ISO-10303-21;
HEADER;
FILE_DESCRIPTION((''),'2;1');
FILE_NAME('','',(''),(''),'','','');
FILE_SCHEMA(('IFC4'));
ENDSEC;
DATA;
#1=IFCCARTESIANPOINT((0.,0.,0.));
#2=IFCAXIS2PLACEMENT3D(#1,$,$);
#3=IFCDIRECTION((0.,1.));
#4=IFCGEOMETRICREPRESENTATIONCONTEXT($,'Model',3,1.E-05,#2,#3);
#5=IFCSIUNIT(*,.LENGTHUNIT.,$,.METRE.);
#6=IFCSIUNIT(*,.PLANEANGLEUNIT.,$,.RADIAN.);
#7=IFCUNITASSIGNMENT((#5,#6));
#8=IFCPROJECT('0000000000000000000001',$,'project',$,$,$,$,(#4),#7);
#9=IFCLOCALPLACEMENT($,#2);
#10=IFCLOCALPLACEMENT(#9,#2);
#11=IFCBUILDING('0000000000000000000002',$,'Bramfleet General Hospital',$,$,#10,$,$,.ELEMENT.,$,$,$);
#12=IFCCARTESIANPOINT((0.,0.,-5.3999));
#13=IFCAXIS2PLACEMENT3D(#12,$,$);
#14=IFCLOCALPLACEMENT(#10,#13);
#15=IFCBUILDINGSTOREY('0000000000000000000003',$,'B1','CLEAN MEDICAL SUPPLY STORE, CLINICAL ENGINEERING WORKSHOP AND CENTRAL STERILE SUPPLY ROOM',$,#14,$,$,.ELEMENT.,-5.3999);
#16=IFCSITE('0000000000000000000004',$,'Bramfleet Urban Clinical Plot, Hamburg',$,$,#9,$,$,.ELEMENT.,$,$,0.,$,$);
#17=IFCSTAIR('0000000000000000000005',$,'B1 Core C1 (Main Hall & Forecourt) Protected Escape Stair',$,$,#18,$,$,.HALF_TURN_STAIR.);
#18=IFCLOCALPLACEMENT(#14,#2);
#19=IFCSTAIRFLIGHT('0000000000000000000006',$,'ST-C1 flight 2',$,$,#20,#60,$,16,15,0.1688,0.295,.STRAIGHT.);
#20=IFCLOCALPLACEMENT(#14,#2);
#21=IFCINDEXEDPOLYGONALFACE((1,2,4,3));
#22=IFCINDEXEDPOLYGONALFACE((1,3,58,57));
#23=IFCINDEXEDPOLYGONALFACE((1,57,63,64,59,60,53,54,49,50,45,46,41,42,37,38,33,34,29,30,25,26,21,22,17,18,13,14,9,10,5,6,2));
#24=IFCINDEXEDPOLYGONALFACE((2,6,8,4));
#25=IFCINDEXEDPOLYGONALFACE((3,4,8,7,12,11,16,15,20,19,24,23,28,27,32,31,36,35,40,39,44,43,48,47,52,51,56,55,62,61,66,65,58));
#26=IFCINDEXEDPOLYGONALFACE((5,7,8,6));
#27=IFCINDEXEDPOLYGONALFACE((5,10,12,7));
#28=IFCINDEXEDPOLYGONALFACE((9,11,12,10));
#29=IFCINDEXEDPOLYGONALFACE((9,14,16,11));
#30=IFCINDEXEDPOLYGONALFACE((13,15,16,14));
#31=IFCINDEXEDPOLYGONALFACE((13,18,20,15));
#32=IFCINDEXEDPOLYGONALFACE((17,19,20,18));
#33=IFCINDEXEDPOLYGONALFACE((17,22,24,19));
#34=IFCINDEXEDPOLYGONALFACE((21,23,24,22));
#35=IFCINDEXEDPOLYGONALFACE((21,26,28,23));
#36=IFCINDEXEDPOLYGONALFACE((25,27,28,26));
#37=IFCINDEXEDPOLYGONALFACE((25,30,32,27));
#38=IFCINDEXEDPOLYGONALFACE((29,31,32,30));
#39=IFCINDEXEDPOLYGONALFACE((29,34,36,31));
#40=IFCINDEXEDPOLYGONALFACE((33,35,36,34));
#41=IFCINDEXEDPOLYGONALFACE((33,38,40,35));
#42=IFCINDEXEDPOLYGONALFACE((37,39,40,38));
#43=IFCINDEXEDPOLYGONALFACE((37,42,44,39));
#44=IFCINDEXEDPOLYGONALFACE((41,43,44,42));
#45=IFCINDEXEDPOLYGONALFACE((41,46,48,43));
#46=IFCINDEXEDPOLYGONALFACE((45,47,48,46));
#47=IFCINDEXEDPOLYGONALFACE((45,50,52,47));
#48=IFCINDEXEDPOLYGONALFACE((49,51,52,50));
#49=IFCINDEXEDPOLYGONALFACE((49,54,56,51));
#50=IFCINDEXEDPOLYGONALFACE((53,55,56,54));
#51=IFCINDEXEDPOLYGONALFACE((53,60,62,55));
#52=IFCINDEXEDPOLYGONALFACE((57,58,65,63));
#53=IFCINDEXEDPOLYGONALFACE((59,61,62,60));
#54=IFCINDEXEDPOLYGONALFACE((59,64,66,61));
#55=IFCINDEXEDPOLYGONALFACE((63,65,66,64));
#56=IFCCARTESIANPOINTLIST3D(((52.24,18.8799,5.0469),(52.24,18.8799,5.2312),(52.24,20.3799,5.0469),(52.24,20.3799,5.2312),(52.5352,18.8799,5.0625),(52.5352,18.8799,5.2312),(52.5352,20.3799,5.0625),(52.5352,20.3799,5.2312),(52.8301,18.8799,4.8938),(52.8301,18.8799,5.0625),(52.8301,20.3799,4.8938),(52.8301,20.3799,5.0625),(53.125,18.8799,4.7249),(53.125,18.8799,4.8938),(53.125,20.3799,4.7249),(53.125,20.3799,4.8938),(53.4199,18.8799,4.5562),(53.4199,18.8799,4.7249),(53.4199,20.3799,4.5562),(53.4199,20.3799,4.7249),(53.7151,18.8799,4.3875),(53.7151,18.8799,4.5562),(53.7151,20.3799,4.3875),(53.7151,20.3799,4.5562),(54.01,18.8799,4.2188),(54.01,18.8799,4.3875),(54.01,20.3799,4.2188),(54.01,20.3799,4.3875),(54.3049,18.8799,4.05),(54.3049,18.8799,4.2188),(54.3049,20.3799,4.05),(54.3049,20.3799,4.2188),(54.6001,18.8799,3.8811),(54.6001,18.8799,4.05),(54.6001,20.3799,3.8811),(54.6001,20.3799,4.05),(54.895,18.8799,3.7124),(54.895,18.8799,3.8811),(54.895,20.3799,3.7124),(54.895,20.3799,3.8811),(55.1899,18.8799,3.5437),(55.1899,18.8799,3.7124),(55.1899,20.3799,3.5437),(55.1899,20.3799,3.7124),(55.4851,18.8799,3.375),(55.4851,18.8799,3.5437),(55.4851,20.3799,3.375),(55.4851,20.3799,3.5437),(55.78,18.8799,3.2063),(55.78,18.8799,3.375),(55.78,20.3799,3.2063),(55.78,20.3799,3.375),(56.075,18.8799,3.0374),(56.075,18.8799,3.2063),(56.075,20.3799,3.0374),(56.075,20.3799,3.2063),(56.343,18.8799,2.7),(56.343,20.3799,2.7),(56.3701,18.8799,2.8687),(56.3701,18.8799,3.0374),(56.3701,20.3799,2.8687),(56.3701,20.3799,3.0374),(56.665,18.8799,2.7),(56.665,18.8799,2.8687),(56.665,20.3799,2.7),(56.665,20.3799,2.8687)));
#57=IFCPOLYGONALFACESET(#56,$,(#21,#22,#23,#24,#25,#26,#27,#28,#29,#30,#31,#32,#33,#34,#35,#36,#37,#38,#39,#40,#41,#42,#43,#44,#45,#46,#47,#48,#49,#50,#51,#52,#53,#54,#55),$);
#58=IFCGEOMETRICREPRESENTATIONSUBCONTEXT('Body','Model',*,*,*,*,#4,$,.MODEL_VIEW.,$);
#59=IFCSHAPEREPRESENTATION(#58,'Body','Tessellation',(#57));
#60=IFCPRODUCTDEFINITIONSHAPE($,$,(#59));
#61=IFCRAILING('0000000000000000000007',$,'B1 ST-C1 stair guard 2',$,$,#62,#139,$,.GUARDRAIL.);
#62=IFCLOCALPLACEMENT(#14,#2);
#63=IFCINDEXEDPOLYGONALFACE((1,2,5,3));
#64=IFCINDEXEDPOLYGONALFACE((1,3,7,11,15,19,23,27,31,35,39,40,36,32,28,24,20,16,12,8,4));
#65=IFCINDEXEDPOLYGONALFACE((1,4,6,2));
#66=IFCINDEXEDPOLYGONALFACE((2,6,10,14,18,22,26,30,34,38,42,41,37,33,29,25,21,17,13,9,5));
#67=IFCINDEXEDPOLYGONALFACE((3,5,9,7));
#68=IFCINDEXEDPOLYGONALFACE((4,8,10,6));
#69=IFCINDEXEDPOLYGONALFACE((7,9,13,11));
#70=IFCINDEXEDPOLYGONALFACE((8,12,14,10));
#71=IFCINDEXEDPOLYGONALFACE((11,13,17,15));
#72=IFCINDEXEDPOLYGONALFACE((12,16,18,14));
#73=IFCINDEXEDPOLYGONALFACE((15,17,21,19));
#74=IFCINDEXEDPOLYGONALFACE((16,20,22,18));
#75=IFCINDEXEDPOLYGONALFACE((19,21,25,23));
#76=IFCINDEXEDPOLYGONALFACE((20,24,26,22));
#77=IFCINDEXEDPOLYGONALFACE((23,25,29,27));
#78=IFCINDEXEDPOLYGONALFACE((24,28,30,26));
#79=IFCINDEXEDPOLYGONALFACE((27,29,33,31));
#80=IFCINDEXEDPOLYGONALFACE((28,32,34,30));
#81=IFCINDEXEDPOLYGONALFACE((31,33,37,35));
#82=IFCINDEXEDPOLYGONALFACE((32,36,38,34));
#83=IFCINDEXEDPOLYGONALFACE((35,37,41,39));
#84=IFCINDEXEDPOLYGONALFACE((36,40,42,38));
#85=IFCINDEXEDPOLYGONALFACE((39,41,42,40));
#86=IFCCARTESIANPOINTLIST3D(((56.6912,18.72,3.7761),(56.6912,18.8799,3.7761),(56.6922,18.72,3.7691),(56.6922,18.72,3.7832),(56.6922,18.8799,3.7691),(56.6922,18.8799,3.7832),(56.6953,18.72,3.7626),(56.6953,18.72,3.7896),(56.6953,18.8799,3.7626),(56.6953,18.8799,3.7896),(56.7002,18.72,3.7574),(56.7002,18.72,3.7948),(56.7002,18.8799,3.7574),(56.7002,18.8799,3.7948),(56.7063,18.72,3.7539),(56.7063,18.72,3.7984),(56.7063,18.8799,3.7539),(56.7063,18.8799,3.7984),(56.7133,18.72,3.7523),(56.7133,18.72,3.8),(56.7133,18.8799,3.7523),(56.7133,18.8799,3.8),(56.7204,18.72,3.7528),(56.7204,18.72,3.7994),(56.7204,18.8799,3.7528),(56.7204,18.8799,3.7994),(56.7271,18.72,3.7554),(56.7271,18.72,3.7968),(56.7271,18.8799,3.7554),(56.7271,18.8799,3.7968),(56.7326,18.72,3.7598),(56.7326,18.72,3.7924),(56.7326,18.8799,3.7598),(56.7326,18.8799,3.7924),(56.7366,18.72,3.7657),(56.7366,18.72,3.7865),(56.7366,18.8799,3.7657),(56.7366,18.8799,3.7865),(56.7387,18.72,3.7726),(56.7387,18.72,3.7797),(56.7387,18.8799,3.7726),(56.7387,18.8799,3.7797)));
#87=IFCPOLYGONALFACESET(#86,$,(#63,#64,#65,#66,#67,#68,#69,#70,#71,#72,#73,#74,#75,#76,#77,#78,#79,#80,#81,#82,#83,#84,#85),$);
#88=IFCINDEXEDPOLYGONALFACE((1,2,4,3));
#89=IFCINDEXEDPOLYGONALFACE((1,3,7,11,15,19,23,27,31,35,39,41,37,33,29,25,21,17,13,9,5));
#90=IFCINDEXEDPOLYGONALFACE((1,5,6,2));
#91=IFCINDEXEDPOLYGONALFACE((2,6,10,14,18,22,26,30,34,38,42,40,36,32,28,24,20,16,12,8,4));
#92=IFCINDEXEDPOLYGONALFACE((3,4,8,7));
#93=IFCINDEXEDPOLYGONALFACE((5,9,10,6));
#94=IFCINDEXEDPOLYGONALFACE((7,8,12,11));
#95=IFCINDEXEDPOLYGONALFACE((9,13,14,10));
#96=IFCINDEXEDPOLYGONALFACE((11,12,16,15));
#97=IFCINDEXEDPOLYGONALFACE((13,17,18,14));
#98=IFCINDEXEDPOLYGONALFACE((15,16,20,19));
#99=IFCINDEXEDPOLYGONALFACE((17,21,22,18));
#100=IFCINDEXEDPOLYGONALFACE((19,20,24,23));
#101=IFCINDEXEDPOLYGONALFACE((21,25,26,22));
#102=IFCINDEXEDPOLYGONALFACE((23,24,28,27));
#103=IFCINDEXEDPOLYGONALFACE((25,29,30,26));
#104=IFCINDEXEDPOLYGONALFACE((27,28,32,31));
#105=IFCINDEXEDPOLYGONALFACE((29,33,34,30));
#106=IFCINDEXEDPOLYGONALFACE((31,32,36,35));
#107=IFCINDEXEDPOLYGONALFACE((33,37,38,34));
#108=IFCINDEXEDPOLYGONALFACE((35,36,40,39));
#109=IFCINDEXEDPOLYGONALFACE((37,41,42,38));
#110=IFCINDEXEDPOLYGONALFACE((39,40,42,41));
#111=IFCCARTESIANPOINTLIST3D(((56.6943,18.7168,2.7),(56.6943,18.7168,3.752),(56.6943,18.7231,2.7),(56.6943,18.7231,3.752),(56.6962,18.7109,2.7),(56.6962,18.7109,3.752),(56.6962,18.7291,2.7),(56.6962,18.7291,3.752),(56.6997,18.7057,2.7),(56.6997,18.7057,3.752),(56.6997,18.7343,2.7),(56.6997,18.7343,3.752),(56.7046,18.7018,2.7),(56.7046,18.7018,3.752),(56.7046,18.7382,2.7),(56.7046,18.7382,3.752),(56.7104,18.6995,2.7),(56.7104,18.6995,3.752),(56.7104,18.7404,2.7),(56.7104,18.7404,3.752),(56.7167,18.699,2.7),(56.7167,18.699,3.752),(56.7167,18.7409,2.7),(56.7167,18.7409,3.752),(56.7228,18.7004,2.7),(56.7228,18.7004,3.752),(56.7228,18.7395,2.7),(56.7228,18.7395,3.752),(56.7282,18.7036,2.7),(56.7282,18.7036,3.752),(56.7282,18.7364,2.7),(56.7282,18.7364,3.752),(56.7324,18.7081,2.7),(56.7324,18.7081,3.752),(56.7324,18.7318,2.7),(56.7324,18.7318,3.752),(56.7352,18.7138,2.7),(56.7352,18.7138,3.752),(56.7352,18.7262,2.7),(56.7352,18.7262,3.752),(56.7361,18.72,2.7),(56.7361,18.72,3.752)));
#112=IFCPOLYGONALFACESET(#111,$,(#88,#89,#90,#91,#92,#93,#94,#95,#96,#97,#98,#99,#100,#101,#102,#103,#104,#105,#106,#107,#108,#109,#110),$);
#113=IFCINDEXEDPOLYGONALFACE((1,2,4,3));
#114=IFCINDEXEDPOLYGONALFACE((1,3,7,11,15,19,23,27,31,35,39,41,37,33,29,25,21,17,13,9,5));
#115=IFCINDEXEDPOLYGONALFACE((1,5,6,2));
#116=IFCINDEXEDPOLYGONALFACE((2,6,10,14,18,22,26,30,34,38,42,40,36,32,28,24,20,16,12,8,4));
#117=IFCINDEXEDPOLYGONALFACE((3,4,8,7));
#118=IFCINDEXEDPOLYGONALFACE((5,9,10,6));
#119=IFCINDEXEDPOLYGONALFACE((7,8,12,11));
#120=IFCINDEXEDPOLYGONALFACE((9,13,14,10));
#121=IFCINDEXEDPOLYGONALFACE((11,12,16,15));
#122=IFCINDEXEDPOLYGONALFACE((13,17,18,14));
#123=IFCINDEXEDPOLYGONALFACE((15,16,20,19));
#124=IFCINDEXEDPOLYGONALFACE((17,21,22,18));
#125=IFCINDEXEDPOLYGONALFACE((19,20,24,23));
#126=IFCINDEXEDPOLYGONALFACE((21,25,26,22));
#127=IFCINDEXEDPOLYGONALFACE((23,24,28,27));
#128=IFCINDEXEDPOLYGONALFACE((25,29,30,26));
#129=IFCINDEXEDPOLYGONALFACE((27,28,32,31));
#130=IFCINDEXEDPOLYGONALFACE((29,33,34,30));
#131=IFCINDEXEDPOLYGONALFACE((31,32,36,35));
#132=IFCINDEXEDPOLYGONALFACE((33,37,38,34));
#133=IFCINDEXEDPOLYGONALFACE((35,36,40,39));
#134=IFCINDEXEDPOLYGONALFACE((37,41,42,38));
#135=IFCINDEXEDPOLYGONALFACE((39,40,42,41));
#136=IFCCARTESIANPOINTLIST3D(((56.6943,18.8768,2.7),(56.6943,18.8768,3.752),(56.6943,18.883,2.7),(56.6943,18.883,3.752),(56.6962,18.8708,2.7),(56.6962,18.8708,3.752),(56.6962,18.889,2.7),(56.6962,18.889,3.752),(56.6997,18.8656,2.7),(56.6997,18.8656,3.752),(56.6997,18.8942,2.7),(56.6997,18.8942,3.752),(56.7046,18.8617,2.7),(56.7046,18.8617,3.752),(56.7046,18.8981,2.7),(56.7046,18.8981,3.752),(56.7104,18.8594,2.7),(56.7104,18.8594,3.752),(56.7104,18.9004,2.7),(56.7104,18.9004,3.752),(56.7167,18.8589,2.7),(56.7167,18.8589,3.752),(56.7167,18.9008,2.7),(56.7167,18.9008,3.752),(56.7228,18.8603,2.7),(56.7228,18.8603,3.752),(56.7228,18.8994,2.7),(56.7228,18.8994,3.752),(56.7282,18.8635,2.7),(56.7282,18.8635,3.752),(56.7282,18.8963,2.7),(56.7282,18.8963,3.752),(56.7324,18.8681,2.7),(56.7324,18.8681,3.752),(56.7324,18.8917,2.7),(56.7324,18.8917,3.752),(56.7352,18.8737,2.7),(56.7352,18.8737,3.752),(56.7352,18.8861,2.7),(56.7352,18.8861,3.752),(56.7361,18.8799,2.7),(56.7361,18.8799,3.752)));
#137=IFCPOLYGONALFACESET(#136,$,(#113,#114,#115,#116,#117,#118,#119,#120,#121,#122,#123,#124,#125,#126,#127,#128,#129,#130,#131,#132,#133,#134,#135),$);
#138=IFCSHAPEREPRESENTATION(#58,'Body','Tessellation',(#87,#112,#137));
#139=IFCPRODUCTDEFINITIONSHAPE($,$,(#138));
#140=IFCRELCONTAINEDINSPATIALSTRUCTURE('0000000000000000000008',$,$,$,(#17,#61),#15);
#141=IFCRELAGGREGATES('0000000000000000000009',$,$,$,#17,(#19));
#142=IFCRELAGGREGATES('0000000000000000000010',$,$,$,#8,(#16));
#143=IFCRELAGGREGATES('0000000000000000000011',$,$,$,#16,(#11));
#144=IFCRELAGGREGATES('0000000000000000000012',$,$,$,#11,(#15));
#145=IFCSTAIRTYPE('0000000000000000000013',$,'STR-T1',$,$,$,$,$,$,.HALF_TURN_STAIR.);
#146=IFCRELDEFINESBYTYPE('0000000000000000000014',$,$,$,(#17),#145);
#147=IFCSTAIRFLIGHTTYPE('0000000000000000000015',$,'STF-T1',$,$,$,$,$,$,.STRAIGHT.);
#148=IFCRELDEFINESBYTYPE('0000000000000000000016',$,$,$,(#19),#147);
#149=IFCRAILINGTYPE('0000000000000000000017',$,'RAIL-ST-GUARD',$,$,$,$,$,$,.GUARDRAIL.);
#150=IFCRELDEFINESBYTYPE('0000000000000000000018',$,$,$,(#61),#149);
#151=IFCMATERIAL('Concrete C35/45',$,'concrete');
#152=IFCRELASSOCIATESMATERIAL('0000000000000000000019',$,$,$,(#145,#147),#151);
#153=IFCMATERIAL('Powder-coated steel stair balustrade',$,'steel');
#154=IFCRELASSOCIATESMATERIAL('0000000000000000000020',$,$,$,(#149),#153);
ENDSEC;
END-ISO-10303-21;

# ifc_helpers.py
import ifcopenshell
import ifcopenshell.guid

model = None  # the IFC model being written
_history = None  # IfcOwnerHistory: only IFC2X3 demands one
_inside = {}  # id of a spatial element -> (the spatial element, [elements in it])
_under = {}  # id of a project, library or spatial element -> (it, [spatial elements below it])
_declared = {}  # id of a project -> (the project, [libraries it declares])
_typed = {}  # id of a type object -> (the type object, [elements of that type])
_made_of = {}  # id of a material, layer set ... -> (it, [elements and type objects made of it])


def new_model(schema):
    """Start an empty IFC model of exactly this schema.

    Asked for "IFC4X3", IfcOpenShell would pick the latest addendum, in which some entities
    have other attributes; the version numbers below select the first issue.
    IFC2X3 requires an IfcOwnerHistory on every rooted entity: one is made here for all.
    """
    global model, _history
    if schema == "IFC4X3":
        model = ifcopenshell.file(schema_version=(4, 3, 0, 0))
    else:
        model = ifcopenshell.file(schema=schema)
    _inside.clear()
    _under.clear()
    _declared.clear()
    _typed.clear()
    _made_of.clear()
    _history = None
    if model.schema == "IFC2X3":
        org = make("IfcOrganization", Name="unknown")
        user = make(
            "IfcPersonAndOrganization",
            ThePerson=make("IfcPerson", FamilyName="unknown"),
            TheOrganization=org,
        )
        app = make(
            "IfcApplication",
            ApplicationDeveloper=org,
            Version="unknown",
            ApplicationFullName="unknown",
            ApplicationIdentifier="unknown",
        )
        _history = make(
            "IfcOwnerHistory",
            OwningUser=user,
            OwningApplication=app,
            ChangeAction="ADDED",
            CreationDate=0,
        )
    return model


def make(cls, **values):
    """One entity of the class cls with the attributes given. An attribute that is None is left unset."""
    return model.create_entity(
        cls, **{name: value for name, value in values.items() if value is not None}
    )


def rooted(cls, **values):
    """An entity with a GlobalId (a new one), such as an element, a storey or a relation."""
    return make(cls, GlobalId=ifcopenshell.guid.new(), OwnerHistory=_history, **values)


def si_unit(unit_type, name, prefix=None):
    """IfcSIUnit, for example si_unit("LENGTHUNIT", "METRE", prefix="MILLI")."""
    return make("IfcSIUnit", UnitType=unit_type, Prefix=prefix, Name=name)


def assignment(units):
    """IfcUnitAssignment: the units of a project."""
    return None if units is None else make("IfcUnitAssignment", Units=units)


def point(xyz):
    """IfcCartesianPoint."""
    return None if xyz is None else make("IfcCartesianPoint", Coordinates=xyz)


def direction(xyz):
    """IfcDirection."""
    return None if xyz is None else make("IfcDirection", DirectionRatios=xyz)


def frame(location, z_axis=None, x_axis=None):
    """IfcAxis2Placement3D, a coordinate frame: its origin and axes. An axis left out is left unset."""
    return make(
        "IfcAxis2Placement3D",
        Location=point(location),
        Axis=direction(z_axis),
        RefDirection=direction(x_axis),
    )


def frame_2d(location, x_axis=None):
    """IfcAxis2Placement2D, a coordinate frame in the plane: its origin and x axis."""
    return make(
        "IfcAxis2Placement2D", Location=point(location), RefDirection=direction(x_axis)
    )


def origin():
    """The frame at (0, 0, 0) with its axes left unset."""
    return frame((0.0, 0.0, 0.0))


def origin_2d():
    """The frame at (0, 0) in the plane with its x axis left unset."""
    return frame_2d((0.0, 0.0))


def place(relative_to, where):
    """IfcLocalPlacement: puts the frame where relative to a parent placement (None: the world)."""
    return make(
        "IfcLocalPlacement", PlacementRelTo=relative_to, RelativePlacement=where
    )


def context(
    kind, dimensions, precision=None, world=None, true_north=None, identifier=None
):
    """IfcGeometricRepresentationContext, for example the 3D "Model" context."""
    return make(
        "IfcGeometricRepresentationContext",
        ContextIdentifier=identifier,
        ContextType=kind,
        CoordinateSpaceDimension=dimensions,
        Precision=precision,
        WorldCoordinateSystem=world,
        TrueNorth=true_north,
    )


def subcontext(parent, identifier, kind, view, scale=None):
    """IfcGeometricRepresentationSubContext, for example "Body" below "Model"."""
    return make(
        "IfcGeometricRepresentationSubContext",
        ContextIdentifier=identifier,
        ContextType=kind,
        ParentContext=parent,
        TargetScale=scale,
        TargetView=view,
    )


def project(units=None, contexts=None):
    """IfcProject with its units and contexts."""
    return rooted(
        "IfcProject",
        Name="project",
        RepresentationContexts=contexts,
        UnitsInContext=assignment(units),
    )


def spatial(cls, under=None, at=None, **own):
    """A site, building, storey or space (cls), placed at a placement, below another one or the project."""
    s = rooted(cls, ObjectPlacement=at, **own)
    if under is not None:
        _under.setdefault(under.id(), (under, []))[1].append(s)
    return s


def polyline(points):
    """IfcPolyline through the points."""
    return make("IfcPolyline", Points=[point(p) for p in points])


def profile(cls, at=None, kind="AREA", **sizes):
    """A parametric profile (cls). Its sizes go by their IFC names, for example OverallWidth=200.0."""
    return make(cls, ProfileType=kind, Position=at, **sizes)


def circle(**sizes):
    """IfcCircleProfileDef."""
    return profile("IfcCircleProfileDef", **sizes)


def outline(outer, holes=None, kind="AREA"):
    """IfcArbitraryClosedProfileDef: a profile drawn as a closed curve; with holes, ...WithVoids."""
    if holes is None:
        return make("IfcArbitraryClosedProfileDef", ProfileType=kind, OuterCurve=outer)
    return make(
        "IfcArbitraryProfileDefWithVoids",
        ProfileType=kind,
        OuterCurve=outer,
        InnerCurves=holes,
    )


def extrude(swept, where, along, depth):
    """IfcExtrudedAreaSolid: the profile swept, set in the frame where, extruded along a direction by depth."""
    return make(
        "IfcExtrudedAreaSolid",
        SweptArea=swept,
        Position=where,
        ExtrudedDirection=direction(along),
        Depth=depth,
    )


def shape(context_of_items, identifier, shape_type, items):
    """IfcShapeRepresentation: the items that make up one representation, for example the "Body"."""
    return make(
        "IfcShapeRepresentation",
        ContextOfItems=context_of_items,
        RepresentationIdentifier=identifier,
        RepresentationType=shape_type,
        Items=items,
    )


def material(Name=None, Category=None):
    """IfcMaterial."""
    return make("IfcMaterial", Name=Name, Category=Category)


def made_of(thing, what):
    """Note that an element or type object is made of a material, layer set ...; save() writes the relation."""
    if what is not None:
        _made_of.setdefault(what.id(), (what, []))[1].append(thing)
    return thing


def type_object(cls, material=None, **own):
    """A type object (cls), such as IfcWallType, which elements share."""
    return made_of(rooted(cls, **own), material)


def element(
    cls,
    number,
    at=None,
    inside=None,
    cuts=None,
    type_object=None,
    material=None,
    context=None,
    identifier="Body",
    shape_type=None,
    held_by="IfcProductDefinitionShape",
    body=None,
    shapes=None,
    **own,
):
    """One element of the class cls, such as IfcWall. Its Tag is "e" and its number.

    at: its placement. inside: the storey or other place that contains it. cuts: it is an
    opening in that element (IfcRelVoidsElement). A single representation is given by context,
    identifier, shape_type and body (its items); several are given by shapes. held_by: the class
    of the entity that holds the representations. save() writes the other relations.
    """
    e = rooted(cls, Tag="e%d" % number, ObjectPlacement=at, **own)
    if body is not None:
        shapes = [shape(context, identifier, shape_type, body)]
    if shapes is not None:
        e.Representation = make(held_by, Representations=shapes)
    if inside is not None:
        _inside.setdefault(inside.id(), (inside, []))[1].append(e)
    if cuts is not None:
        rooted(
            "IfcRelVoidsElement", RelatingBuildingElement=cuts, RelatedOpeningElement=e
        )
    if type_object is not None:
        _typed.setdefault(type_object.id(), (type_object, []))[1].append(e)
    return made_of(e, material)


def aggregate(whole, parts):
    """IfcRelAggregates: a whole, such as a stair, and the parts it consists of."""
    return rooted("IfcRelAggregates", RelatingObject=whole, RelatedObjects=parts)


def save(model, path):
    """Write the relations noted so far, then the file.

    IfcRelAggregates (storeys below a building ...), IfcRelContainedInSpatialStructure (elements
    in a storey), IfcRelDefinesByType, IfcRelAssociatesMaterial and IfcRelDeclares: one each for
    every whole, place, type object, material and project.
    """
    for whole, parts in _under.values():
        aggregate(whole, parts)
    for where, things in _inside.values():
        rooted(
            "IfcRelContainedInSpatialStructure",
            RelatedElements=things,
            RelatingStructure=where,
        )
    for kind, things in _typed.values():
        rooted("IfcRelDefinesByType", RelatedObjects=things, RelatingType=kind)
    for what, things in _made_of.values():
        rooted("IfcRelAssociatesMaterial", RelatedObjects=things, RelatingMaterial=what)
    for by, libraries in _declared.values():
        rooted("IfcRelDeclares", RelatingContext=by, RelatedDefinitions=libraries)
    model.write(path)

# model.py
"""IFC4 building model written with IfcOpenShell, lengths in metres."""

from ifc_helpers import new_model, si_unit, direction, frame, origin, origin_2d, place, context, subcontext, project, spatial, polyline, circle, outline, extrude, material, type_object, element, aggregate, save


model = new_model("IFC4")

# Units and contexts
model_context = context("Model", 3, precision=1e-05, world=origin(), true_north=direction((0.0, 1.0)))
body_context = subcontext(model_context, "Body", "Model", "MODEL_VIEW")
ifc_project = project(units=[si_unit("LENGTHUNIT", "METRE"), si_unit("PLANEANGLEUNIT", "RADIAN")], contexts=[model_context])

# Site, building, storey
site_placement = place(None, origin())
site = spatial("IfcSite", under=ifc_project, at=site_placement, Name="Bramfleet Urban Clinical Plot, Hamburg", CompositionType="ELEMENT", RefElevation=0.0)
building_placement = place(site_placement, origin())
building = spatial("IfcBuilding", under=site, at=building_placement, Name="Bramfleet General Hospital", CompositionType="ELEMENT")
storey_placement = place(building_placement, frame((0.0, 0.0, -5.3999)))
storey = spatial("IfcBuildingStorey", under=building, at=storey_placement, Name="B1", Description="CLEAN MEDICAL SUPPLY STORE, CLINICAL ENGINEERING WORKSHOP AND CENTRAL STERILE SUPPLY ROOM", CompositionType="ELEMENT", Elevation=-5.3999)

# Shared definitions
ifc_material_1 = material(Name="Concrete C35/45", Category="concrete")

# Stair, stair flight
stair_type = type_object("IfcStairType", Name="STR-T1", PredefinedType="HALF_TURN_STAIR", material=ifc_material_1)
stair_placement = place(storey_placement, origin())
stair = element("IfcStair", 1, at=stair_placement, inside=storey, type_object=stair_type, Name="B1 Core C1 (Main Hall & Forecourt) Protected Escape Stair", PredefinedType="HALF_TURN_STAIR")
stair_flight_type = type_object("IfcStairFlightType", Name="STF-T1", PredefinedType="STRAIGHT", material=ifc_material_1)
stair_flight_placement = place(storey_placement, frame((56.665, 19.6299, 2.7), z_axis=(0.0, 0.0, 1.0), x_axis=(-1.0, 0.0, 0.0)))
stair_flight = element("IfcStairFlight", 2, at=stair_flight_placement, type_object=stair_flight_type, Name="ST-C1 flight 2", NumberOfRisers=16, NumberOfTreads=15, PredefinedType="STRAIGHT", RiserHeight=0.1688, TreadLength=0.295, context=body_context, shape_type="SweptSolid", body=[
    extrude(outline(polyline([(0.0, 0.0), (0.0, 0.1687), (0.2949, 0.1687), (0.2949, 0.3374), (0.5901, 0.3374), (0.5901, 0.5063), (0.885, 0.5063), (0.885, 0.675), (1.1799, 0.675), (1.1799, 0.8438), (1.4751, 0.8438), (1.4751, 1.0125), (1.77, 1.0125), (1.77, 1.1812), (2.0649, 1.1812), (2.0649, 1.3501), (2.3601, 1.3501), (2.3601, 1.5188), (2.655, 1.5188), (2.655, 1.6875), (2.95, 1.6875), (2.95, 1.8562), (3.2451, 1.8562), (3.2451, 2.0249), (3.54, 2.0249), (3.54, 2.1938), (3.835, 2.1938), (3.835, 2.3625), (4.1299, 2.3625), (4.1299, 2.5312), (4.425, 2.5312), (4.425, 2.7), (4.425, 2.3469), (0.322, 0.0), (0.0, 0.0)])), frame((0.0, 0.75, 0.0), z_axis=(0.0, -1.0, 0.0), x_axis=(1.0, 0.0, 0.0)), (0.0, 0.0, 1.0), 1.5),
])
aggregate(stair, [stair_flight])

# Railing
ifc_material_2 = material(Name="Powder-coated steel stair balustrade", Category="steel")
railing_type_1 = type_object("IfcRailingType", Name="RAIL-ST-GUARD", PredefinedType="GUARDRAIL", material=ifc_material_2)
railing_1_placement = place(storey_placement, frame((56.7151, 18.72, 2.7)))
element("IfcRailing", 3, at=railing_1_placement, inside=storey, type_object=railing_type_1, Name="B1 ST-C1 stair guard 2", PredefinedType="GUARDRAIL", context=body_context, shape_type="SweptSolid", body=[
    extrude(circle(Radius=0.0239, at=origin_2d()), frame((0.0, 0.0, 1.0762), z_axis=(0.0, 1.0, 0.0), x_axis=(-1.0, 0.0, 0.0)), (0.0, 0.0, 1.0), 0.1599),
    extrude(circle(Radius=0.021, at=origin_2d()), origin(), (0.0, 0.0, 1.0), 1.052),
    extrude(circle(Radius=0.021, at=origin_2d()), frame((0.0, 0.1599, 0.0)), (0.0, 0.0, 1.0), 1.052),
])

save(model, "model.ifc")
